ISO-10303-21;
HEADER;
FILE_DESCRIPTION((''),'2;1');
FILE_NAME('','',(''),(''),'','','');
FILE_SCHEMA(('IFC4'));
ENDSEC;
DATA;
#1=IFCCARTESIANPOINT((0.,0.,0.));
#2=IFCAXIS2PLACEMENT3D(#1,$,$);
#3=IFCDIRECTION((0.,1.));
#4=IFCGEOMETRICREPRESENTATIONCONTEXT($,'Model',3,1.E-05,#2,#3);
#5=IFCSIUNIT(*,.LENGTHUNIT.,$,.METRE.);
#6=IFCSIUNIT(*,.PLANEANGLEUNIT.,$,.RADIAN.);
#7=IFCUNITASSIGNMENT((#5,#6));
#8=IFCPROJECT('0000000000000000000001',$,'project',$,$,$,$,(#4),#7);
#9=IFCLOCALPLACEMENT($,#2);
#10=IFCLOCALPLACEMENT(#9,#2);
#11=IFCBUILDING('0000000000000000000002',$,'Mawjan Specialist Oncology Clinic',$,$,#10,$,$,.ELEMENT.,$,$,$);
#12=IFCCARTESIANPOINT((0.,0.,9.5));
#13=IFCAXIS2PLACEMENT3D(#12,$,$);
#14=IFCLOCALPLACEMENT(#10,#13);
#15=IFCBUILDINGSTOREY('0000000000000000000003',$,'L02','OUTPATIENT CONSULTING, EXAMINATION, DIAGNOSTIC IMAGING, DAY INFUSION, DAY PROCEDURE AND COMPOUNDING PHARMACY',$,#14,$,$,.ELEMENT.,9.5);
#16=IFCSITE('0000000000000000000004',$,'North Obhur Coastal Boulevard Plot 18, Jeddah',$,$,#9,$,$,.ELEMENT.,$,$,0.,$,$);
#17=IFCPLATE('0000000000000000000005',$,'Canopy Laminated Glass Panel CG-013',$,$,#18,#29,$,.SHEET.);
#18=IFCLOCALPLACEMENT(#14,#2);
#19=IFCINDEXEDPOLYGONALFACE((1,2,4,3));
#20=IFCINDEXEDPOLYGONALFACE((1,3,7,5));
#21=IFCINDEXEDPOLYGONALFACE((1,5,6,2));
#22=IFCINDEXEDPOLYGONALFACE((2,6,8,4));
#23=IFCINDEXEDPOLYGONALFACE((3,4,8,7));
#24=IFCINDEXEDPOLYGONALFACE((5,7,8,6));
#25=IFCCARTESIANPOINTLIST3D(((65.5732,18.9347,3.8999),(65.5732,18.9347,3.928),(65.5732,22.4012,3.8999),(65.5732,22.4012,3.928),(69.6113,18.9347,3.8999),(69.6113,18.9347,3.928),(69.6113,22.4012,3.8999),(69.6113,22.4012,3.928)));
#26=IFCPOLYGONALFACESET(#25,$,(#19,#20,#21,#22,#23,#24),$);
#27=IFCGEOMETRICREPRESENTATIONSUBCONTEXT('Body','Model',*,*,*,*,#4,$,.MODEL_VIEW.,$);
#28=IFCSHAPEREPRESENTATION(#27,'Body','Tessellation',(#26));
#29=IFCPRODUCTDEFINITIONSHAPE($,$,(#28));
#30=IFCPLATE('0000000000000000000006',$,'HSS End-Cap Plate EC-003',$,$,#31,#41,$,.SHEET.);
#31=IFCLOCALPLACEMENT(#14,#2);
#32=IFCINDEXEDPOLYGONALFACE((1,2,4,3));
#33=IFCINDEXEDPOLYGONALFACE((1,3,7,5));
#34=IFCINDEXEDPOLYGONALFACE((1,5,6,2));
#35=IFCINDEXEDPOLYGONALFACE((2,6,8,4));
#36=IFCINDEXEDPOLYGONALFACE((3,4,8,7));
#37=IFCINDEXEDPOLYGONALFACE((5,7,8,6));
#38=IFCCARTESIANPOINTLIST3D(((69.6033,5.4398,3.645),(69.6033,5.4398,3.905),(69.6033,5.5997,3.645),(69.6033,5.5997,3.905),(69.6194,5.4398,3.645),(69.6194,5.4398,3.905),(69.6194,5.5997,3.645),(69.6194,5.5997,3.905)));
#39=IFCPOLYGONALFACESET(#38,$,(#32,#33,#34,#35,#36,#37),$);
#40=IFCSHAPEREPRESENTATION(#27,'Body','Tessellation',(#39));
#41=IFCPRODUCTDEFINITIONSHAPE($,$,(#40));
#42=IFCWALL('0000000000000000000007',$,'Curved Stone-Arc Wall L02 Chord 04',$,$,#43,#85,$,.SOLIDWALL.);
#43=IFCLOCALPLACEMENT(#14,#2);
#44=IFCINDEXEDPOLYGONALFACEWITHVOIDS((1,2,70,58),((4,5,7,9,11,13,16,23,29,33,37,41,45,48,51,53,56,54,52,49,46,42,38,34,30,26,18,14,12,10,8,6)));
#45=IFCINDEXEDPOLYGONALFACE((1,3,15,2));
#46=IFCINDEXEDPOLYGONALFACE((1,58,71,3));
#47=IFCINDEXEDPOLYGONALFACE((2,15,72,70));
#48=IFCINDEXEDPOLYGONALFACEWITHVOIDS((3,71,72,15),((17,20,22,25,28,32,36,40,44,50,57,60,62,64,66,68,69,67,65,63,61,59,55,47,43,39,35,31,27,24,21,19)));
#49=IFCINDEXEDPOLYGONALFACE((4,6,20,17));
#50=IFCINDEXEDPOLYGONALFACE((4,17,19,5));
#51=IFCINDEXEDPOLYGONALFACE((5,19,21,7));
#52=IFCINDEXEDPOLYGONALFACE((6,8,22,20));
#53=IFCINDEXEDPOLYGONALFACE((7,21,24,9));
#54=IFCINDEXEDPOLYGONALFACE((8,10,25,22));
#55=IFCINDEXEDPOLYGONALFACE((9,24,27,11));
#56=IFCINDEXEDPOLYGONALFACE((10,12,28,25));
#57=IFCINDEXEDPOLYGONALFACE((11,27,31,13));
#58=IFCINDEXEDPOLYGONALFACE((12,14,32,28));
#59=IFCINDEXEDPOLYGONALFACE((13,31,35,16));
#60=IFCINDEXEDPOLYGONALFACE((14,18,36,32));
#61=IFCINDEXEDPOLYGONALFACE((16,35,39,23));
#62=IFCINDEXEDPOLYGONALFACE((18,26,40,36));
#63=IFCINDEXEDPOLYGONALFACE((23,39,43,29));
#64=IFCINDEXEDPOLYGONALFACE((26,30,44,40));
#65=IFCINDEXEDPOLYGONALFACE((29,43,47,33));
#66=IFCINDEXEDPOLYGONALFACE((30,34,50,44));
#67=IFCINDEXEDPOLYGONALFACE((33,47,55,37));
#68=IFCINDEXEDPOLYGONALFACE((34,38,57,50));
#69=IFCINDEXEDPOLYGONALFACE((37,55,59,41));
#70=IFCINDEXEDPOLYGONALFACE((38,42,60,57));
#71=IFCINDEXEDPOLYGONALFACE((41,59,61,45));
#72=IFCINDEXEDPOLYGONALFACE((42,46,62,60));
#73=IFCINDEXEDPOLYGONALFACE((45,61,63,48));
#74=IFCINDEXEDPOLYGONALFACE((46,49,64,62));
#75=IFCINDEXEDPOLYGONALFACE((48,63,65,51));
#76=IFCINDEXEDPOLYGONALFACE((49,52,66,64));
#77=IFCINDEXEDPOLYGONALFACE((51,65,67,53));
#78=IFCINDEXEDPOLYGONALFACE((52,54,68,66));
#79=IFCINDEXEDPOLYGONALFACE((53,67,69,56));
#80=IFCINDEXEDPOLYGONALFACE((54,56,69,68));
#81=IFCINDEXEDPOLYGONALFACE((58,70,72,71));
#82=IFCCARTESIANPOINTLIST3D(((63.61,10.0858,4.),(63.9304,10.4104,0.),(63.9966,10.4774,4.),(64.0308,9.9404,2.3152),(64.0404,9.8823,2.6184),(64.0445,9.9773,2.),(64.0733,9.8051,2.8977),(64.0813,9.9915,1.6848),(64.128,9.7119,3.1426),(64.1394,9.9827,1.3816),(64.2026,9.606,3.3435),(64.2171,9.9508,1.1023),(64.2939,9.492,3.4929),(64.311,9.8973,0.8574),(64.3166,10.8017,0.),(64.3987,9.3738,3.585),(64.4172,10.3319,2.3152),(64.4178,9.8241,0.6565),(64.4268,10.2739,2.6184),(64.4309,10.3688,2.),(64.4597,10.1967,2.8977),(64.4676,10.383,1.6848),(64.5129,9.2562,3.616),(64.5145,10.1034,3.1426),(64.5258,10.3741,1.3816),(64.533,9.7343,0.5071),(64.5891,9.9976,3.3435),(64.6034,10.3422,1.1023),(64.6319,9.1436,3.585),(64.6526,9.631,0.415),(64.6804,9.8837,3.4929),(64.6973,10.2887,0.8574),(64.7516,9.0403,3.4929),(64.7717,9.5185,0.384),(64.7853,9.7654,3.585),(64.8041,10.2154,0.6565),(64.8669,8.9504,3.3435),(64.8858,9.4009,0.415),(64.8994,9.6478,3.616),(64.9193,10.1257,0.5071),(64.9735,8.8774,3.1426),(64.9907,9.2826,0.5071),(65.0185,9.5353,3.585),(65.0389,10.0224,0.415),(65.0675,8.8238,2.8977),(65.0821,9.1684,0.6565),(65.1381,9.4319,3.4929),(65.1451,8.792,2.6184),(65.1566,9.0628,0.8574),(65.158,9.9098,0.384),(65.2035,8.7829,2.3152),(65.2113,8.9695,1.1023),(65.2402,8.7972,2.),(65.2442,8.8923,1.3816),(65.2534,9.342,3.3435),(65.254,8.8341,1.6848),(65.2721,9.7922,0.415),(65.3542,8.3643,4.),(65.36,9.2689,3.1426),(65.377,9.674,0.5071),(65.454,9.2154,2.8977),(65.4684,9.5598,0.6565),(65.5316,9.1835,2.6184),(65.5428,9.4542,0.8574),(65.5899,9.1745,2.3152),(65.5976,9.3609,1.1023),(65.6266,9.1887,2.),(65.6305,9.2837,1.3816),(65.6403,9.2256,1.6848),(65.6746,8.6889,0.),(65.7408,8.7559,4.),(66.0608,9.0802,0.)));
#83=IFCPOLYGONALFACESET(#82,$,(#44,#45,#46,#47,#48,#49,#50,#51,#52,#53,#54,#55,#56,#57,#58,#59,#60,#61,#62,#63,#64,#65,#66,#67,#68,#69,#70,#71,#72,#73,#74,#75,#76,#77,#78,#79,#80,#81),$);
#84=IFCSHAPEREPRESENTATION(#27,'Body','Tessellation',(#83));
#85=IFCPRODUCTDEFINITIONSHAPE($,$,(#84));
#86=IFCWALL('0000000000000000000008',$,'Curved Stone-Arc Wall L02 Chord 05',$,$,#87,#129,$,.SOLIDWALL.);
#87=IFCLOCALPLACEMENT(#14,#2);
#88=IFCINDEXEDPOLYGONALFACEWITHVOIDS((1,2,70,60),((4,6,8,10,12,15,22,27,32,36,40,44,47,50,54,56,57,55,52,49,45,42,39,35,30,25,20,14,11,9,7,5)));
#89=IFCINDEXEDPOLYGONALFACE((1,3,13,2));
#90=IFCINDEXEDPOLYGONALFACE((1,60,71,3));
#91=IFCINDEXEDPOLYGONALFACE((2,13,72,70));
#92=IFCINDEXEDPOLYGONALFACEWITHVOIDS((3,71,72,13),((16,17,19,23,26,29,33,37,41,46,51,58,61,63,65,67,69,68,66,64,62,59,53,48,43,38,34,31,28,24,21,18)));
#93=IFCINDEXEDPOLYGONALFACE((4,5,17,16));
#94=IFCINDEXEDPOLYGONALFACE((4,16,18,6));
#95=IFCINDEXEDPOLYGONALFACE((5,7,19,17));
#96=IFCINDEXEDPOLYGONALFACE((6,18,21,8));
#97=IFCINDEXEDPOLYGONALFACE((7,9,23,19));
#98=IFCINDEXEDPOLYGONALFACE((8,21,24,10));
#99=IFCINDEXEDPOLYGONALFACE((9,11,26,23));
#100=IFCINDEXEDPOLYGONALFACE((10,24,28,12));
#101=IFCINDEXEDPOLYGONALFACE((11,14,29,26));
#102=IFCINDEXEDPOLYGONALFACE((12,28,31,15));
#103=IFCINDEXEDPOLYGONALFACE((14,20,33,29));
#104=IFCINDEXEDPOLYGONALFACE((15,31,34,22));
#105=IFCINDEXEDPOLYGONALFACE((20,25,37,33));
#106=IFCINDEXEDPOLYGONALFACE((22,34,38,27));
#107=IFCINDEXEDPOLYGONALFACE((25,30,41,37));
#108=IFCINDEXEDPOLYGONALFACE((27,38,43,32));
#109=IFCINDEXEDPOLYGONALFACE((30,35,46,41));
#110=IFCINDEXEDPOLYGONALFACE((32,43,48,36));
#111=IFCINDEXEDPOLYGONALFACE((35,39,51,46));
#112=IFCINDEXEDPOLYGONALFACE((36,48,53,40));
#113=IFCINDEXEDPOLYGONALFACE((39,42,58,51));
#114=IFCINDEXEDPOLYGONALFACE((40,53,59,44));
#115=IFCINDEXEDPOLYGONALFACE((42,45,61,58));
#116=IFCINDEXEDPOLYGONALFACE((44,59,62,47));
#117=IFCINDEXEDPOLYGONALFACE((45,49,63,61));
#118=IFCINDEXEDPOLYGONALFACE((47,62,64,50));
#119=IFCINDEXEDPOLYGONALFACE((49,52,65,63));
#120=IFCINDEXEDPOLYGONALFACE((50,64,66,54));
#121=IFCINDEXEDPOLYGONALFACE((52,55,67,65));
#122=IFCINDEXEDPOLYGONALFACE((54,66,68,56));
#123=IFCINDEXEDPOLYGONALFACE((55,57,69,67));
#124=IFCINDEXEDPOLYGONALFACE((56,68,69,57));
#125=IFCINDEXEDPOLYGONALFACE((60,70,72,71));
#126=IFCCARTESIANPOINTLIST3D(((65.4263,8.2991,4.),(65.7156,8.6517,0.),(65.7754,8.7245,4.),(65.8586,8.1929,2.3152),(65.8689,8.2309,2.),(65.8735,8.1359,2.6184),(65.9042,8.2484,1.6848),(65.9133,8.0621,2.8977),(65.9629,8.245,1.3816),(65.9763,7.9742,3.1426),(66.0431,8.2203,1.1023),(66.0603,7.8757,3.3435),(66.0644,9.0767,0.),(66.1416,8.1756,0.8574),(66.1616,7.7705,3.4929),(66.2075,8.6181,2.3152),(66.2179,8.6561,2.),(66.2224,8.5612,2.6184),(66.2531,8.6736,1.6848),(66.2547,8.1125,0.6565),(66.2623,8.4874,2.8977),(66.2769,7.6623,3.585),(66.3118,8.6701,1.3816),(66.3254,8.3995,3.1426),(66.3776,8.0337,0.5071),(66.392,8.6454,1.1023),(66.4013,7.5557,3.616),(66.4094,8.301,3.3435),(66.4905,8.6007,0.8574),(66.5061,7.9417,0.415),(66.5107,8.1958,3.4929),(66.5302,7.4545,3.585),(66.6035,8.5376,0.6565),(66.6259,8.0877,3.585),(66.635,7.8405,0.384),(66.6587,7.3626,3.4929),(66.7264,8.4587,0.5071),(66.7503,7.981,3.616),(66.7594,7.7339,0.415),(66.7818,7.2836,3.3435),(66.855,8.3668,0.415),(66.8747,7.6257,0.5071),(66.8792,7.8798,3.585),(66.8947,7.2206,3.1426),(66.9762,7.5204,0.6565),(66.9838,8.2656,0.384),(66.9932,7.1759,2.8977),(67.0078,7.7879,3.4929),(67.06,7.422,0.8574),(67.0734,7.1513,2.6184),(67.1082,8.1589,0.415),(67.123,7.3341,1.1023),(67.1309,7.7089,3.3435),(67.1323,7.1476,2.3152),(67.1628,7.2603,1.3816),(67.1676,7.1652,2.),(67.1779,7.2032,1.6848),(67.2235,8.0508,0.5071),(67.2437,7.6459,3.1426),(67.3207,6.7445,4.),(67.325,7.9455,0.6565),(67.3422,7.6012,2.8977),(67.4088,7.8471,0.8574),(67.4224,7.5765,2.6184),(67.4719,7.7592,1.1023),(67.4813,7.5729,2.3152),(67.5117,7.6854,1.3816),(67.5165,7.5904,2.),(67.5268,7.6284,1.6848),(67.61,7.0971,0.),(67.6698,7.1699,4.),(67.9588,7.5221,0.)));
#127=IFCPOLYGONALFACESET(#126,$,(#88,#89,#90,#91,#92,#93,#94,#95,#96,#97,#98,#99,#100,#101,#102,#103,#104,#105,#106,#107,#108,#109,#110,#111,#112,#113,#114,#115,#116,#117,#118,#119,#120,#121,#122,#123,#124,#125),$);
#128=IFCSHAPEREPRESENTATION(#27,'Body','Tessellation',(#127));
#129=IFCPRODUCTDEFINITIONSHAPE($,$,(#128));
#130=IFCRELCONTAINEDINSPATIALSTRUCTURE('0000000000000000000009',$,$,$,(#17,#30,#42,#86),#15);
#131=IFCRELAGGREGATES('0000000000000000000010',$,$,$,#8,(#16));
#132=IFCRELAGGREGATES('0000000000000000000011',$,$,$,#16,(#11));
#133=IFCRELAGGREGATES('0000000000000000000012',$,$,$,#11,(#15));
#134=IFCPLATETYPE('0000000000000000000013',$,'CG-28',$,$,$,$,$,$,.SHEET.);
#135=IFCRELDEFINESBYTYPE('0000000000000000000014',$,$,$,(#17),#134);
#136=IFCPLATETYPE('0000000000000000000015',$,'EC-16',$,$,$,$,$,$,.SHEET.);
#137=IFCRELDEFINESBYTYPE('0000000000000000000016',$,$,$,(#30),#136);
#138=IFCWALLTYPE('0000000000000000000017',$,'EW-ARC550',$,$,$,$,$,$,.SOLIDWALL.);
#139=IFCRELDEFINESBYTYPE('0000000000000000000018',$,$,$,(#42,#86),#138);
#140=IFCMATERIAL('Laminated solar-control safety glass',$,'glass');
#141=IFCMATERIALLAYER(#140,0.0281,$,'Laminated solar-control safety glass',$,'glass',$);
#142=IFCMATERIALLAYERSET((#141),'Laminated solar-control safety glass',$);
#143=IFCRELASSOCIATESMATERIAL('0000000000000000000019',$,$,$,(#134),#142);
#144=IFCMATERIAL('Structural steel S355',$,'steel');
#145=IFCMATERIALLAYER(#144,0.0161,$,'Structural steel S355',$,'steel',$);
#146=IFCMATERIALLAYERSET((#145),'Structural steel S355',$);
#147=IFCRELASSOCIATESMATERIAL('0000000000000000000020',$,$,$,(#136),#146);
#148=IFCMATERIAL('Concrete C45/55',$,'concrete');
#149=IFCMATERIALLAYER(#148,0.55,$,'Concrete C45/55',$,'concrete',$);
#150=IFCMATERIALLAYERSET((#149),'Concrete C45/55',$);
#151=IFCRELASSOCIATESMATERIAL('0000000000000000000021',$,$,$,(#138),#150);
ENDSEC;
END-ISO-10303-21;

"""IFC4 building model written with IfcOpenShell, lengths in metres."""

from ifc_helpers import new_model, si_unit, direction, frame, origin, origin_2d, place, context, subcontext, project, spatial, polyline, rectangle, outline, extrude, material, layer, layer_set, type_object, element, save


model = new_model("IFC4")

# Units and contexts
model_context = context("Model", 3, precision=1e-05, world=origin(), true_north=direction((0.0, 1.0)))
body_context = subcontext(model_context, "Body", "Model", "MODEL_VIEW")
ifc_project = project(units=[si_unit("LENGTHUNIT", "METRE"), si_unit("PLANEANGLEUNIT", "RADIAN")], contexts=[model_context])

# Site, building, storey
site_placement = place(None, origin())
site = spatial("IfcSite", under=ifc_project, at=site_placement, Name="North Obhur Coastal Boulevard Plot 18, Jeddah", CompositionType="ELEMENT", RefElevation=0.0)
building_placement = place(site_placement, origin())
building = spatial("IfcBuilding", under=site, at=building_placement, Name="Mawjan Specialist Oncology Clinic", CompositionType="ELEMENT")
storey_placement = place(building_placement, frame((0.0, 0.0, 9.5)))
storey = spatial("IfcBuildingStorey", under=building, at=storey_placement, Name="L02", Description="OUTPATIENT CONSULTING, EXAMINATION, DIAGNOSTIC IMAGING, DAY INFUSION, DAY PROCEDURE AND COMPOUNDING PHARMACY", CompositionType="ELEMENT", Elevation=9.5)

# Plates
ifc_material_1 = material(Name="Laminated solar-control safety glass", Category="glass")
ifc_layer_1 = layer(ifc_material_1, 0.0281, Name="Laminated solar-control safety glass", Category="glass")
ifc_layer_set_1 = layer_set([ifc_layer_1], Name="Laminated solar-control safety glass")
plate_type_1 = type_object("IfcPlateType", Name="CG-28", PredefinedType="SHEET", material=ifc_layer_set_1)
for number, where, z_axis, x_axis, name in (
    (1, (67.5923, 20.668, 3.8999), (0.0, 0.0, 1.0), (1.0, 0.0, 0.0), "Canopy Laminated Glass Panel CG-013"),
):
    element("IfcPlate", number, at=place(storey_placement, frame(where, z_axis=z_axis, x_axis=x_axis)), inside=storey, type_object=plate_type_1, Name=name, PredefinedType="SHEET", context=body_context, shape_type="SweptSolid", body=[
        extrude(rectangle(XDim=4.0381, YDim=3.4666, at=origin_2d()), origin(), (0.0, 0.0, 1.0), 0.0281),
    ])
ifc_material_2 = material(Name="Structural steel S355", Category="steel")
ifc_layer_2 = layer(ifc_material_2, 0.0161, Name="Structural steel S355", Category="steel")
ifc_layer_set_2 = layer_set([ifc_layer_2], Name="Structural steel S355")
plate_type_2 = type_object("IfcPlateType", Name="EC-16", PredefinedType="SHEET", material=ifc_layer_set_2)
plate_placement = place(storey_placement, frame((69.6113, 5.5198, 3.645), z_axis=(0.0, 0.0, 1.0), x_axis=(1.0, 0.0, 0.0)))
element("IfcPlate", 2, at=plate_placement, inside=storey, type_object=plate_type_2, Name="HSS End-Cap Plate EC-003", PredefinedType="SHEET", context=body_context, shape_type="SweptSolid", body=[
    extrude(rectangle(XDim=0.0161, YDim=0.1599, at=origin_2d()), origin(), (0.0, 0.0, 1.0), 0.26),
])

# Walls, openings
ifc_material_3 = material(Name="Concrete C45/55", Category="concrete")
ifc_layer_3 = layer(ifc_material_3, 0.55, Name="Concrete C45/55", Category="concrete")
ifc_layer_set_3 = layer_set([ifc_layer_3], Name="Concrete C45/55")
wall_type = type_object("IfcWallType", Name="EW-ARC550", PredefinedType="SOLIDWALL", material=ifc_layer_set_3)
wall_1_placement = place(storey_placement, frame((65.8677, 8.8845, 0.0), z_axis=(0.0, 0.0, 1.0), x_axis=(-0.711724, 0.702459, 0.0)))
wall_1 = element("IfcWall", 3, at=wall_1_placement, inside=storey, type_object=wall_type, Name="Curved Stone-Arc Wall L02 Chord 04", PredefinedType="SOLIDWALL", context=body_context, shape_type="SweptSolid", body=[
    extrude(outline(polyline([(-0.2749, 0.0), (0.2749, 0.0), (0.731, 4.0), (0.1807, 4.0), (-0.2749, 0.0)])), frame((0.0, 0.0, 0.0), z_axis=(1.0, 0.0, 0.0), x_axis=(0.0, 1.0, 0.0)), (0.0, 0.0, 1.0), 2.4507),
])
opening_1_placement = place(wall_1_placement, origin())
element("IfcOpeningElement", 4, at=opening_1_placement, cuts=wall_1, PredefinedType="OPENING", context=body_context, shape_type="SweptSolid", body=[
    extrude(outline(polyline([(2.0652, 2.0), (2.0491, 2.3152), (2.0015, 2.6184), (1.9238, 2.8977), (1.8193, 3.1426), (1.6919, 3.3435), (1.5469, 3.4929), (1.3892, 3.585), (1.2253, 3.616), (1.0615, 3.585), (0.9038, 3.4929), (0.7585, 3.3435), (0.6313, 3.1426), (0.5269, 2.8977), (0.4492, 2.6184), (0.4014, 2.3152), (0.3853, 2.0), (0.4014, 1.6848), (0.4492, 1.3816), (0.5269, 1.1023), (0.6313, 0.8574), (0.7585, 0.6565), (0.9038, 0.5071), (1.0615, 0.415), (1.2253, 0.384), (1.3892, 0.415), (1.5469, 0.5071), (1.6919, 0.6565), (1.8193, 0.8574), (1.9238, 1.1023), (2.0015, 1.3816), (2.0491, 1.6848), (2.0652, 2.0)])), frame((0.0, 0.7507, 0.0), z_axis=(0.0, -1.0, 0.0), x_axis=(1.0, 0.0, 0.0)), (0.0, 0.0, 1.0), 1.0459),
])
wall_2_placement = place(storey_placement, frame((67.7844, 7.3096, 0.0), z_axis=(0.0, 0.0, 1.0), x_axis=(-0.773033, 0.634365, 0.0)))
wall_2 = element("IfcWall", 5, at=wall_2_placement, inside=storey, type_object=wall_type, Name="Curved Stone-Arc Wall L02 Chord 05", PredefinedType="SOLIDWALL", context=body_context, shape_type="SweptSolid", body=[
    extrude(outline(polyline([(-0.2749, 0.0), (0.2749, 0.0), (0.731, 4.0), (0.1807, 4.0), (-0.2749, 0.0)])), frame((0.0, 0.0, 0.0), z_axis=(1.0, 0.0, 0.0), x_axis=(0.0, 1.0, 0.0)), (0.0, 0.0, 1.0), 2.4507),
])
opening_2_placement = place(wall_2_placement, origin())
element("IfcOpeningElement", 6, at=opening_2_placement, cuts=wall_2, PredefinedType="OPENING", context=body_context, shape_type="SweptSolid", body=[
    extrude(outline(polyline([(2.0652, 2.0), (2.0491, 2.3152), (2.0015, 2.6184), (1.9238, 2.8977), (1.8193, 3.1426), (1.6919, 3.3435), (1.5469, 3.4929), (1.3892, 3.585), (1.2253, 3.616), (1.0615, 3.585), (0.9038, 3.4929), (0.7585, 3.3435), (0.6313, 3.1426), (0.5269, 2.8977), (0.4492, 2.6184), (0.4014, 2.3152), (0.3853, 2.0), (0.4014, 1.6848), (0.4492, 1.3816), (0.5269, 1.1023), (0.6313, 0.8574), (0.7585, 0.6565), (0.9038, 0.5071), (1.0615, 0.415), (1.2253, 0.384), (1.3892, 0.415), (1.5469, 0.5071), (1.6919, 0.6565), (1.8193, 0.8574), (1.9238, 1.1023), (2.0015, 1.3816), (2.0491, 1.6848), (2.0652, 2.0)])), frame((0.0, 0.7507, 0.0), z_axis=(0.0, -1.0, 0.0), x_axis=(1.0, 0.0, 0.0)), (0.0, 0.0, 1.0), 1.0459),
])

save(model, "model.ifc")
